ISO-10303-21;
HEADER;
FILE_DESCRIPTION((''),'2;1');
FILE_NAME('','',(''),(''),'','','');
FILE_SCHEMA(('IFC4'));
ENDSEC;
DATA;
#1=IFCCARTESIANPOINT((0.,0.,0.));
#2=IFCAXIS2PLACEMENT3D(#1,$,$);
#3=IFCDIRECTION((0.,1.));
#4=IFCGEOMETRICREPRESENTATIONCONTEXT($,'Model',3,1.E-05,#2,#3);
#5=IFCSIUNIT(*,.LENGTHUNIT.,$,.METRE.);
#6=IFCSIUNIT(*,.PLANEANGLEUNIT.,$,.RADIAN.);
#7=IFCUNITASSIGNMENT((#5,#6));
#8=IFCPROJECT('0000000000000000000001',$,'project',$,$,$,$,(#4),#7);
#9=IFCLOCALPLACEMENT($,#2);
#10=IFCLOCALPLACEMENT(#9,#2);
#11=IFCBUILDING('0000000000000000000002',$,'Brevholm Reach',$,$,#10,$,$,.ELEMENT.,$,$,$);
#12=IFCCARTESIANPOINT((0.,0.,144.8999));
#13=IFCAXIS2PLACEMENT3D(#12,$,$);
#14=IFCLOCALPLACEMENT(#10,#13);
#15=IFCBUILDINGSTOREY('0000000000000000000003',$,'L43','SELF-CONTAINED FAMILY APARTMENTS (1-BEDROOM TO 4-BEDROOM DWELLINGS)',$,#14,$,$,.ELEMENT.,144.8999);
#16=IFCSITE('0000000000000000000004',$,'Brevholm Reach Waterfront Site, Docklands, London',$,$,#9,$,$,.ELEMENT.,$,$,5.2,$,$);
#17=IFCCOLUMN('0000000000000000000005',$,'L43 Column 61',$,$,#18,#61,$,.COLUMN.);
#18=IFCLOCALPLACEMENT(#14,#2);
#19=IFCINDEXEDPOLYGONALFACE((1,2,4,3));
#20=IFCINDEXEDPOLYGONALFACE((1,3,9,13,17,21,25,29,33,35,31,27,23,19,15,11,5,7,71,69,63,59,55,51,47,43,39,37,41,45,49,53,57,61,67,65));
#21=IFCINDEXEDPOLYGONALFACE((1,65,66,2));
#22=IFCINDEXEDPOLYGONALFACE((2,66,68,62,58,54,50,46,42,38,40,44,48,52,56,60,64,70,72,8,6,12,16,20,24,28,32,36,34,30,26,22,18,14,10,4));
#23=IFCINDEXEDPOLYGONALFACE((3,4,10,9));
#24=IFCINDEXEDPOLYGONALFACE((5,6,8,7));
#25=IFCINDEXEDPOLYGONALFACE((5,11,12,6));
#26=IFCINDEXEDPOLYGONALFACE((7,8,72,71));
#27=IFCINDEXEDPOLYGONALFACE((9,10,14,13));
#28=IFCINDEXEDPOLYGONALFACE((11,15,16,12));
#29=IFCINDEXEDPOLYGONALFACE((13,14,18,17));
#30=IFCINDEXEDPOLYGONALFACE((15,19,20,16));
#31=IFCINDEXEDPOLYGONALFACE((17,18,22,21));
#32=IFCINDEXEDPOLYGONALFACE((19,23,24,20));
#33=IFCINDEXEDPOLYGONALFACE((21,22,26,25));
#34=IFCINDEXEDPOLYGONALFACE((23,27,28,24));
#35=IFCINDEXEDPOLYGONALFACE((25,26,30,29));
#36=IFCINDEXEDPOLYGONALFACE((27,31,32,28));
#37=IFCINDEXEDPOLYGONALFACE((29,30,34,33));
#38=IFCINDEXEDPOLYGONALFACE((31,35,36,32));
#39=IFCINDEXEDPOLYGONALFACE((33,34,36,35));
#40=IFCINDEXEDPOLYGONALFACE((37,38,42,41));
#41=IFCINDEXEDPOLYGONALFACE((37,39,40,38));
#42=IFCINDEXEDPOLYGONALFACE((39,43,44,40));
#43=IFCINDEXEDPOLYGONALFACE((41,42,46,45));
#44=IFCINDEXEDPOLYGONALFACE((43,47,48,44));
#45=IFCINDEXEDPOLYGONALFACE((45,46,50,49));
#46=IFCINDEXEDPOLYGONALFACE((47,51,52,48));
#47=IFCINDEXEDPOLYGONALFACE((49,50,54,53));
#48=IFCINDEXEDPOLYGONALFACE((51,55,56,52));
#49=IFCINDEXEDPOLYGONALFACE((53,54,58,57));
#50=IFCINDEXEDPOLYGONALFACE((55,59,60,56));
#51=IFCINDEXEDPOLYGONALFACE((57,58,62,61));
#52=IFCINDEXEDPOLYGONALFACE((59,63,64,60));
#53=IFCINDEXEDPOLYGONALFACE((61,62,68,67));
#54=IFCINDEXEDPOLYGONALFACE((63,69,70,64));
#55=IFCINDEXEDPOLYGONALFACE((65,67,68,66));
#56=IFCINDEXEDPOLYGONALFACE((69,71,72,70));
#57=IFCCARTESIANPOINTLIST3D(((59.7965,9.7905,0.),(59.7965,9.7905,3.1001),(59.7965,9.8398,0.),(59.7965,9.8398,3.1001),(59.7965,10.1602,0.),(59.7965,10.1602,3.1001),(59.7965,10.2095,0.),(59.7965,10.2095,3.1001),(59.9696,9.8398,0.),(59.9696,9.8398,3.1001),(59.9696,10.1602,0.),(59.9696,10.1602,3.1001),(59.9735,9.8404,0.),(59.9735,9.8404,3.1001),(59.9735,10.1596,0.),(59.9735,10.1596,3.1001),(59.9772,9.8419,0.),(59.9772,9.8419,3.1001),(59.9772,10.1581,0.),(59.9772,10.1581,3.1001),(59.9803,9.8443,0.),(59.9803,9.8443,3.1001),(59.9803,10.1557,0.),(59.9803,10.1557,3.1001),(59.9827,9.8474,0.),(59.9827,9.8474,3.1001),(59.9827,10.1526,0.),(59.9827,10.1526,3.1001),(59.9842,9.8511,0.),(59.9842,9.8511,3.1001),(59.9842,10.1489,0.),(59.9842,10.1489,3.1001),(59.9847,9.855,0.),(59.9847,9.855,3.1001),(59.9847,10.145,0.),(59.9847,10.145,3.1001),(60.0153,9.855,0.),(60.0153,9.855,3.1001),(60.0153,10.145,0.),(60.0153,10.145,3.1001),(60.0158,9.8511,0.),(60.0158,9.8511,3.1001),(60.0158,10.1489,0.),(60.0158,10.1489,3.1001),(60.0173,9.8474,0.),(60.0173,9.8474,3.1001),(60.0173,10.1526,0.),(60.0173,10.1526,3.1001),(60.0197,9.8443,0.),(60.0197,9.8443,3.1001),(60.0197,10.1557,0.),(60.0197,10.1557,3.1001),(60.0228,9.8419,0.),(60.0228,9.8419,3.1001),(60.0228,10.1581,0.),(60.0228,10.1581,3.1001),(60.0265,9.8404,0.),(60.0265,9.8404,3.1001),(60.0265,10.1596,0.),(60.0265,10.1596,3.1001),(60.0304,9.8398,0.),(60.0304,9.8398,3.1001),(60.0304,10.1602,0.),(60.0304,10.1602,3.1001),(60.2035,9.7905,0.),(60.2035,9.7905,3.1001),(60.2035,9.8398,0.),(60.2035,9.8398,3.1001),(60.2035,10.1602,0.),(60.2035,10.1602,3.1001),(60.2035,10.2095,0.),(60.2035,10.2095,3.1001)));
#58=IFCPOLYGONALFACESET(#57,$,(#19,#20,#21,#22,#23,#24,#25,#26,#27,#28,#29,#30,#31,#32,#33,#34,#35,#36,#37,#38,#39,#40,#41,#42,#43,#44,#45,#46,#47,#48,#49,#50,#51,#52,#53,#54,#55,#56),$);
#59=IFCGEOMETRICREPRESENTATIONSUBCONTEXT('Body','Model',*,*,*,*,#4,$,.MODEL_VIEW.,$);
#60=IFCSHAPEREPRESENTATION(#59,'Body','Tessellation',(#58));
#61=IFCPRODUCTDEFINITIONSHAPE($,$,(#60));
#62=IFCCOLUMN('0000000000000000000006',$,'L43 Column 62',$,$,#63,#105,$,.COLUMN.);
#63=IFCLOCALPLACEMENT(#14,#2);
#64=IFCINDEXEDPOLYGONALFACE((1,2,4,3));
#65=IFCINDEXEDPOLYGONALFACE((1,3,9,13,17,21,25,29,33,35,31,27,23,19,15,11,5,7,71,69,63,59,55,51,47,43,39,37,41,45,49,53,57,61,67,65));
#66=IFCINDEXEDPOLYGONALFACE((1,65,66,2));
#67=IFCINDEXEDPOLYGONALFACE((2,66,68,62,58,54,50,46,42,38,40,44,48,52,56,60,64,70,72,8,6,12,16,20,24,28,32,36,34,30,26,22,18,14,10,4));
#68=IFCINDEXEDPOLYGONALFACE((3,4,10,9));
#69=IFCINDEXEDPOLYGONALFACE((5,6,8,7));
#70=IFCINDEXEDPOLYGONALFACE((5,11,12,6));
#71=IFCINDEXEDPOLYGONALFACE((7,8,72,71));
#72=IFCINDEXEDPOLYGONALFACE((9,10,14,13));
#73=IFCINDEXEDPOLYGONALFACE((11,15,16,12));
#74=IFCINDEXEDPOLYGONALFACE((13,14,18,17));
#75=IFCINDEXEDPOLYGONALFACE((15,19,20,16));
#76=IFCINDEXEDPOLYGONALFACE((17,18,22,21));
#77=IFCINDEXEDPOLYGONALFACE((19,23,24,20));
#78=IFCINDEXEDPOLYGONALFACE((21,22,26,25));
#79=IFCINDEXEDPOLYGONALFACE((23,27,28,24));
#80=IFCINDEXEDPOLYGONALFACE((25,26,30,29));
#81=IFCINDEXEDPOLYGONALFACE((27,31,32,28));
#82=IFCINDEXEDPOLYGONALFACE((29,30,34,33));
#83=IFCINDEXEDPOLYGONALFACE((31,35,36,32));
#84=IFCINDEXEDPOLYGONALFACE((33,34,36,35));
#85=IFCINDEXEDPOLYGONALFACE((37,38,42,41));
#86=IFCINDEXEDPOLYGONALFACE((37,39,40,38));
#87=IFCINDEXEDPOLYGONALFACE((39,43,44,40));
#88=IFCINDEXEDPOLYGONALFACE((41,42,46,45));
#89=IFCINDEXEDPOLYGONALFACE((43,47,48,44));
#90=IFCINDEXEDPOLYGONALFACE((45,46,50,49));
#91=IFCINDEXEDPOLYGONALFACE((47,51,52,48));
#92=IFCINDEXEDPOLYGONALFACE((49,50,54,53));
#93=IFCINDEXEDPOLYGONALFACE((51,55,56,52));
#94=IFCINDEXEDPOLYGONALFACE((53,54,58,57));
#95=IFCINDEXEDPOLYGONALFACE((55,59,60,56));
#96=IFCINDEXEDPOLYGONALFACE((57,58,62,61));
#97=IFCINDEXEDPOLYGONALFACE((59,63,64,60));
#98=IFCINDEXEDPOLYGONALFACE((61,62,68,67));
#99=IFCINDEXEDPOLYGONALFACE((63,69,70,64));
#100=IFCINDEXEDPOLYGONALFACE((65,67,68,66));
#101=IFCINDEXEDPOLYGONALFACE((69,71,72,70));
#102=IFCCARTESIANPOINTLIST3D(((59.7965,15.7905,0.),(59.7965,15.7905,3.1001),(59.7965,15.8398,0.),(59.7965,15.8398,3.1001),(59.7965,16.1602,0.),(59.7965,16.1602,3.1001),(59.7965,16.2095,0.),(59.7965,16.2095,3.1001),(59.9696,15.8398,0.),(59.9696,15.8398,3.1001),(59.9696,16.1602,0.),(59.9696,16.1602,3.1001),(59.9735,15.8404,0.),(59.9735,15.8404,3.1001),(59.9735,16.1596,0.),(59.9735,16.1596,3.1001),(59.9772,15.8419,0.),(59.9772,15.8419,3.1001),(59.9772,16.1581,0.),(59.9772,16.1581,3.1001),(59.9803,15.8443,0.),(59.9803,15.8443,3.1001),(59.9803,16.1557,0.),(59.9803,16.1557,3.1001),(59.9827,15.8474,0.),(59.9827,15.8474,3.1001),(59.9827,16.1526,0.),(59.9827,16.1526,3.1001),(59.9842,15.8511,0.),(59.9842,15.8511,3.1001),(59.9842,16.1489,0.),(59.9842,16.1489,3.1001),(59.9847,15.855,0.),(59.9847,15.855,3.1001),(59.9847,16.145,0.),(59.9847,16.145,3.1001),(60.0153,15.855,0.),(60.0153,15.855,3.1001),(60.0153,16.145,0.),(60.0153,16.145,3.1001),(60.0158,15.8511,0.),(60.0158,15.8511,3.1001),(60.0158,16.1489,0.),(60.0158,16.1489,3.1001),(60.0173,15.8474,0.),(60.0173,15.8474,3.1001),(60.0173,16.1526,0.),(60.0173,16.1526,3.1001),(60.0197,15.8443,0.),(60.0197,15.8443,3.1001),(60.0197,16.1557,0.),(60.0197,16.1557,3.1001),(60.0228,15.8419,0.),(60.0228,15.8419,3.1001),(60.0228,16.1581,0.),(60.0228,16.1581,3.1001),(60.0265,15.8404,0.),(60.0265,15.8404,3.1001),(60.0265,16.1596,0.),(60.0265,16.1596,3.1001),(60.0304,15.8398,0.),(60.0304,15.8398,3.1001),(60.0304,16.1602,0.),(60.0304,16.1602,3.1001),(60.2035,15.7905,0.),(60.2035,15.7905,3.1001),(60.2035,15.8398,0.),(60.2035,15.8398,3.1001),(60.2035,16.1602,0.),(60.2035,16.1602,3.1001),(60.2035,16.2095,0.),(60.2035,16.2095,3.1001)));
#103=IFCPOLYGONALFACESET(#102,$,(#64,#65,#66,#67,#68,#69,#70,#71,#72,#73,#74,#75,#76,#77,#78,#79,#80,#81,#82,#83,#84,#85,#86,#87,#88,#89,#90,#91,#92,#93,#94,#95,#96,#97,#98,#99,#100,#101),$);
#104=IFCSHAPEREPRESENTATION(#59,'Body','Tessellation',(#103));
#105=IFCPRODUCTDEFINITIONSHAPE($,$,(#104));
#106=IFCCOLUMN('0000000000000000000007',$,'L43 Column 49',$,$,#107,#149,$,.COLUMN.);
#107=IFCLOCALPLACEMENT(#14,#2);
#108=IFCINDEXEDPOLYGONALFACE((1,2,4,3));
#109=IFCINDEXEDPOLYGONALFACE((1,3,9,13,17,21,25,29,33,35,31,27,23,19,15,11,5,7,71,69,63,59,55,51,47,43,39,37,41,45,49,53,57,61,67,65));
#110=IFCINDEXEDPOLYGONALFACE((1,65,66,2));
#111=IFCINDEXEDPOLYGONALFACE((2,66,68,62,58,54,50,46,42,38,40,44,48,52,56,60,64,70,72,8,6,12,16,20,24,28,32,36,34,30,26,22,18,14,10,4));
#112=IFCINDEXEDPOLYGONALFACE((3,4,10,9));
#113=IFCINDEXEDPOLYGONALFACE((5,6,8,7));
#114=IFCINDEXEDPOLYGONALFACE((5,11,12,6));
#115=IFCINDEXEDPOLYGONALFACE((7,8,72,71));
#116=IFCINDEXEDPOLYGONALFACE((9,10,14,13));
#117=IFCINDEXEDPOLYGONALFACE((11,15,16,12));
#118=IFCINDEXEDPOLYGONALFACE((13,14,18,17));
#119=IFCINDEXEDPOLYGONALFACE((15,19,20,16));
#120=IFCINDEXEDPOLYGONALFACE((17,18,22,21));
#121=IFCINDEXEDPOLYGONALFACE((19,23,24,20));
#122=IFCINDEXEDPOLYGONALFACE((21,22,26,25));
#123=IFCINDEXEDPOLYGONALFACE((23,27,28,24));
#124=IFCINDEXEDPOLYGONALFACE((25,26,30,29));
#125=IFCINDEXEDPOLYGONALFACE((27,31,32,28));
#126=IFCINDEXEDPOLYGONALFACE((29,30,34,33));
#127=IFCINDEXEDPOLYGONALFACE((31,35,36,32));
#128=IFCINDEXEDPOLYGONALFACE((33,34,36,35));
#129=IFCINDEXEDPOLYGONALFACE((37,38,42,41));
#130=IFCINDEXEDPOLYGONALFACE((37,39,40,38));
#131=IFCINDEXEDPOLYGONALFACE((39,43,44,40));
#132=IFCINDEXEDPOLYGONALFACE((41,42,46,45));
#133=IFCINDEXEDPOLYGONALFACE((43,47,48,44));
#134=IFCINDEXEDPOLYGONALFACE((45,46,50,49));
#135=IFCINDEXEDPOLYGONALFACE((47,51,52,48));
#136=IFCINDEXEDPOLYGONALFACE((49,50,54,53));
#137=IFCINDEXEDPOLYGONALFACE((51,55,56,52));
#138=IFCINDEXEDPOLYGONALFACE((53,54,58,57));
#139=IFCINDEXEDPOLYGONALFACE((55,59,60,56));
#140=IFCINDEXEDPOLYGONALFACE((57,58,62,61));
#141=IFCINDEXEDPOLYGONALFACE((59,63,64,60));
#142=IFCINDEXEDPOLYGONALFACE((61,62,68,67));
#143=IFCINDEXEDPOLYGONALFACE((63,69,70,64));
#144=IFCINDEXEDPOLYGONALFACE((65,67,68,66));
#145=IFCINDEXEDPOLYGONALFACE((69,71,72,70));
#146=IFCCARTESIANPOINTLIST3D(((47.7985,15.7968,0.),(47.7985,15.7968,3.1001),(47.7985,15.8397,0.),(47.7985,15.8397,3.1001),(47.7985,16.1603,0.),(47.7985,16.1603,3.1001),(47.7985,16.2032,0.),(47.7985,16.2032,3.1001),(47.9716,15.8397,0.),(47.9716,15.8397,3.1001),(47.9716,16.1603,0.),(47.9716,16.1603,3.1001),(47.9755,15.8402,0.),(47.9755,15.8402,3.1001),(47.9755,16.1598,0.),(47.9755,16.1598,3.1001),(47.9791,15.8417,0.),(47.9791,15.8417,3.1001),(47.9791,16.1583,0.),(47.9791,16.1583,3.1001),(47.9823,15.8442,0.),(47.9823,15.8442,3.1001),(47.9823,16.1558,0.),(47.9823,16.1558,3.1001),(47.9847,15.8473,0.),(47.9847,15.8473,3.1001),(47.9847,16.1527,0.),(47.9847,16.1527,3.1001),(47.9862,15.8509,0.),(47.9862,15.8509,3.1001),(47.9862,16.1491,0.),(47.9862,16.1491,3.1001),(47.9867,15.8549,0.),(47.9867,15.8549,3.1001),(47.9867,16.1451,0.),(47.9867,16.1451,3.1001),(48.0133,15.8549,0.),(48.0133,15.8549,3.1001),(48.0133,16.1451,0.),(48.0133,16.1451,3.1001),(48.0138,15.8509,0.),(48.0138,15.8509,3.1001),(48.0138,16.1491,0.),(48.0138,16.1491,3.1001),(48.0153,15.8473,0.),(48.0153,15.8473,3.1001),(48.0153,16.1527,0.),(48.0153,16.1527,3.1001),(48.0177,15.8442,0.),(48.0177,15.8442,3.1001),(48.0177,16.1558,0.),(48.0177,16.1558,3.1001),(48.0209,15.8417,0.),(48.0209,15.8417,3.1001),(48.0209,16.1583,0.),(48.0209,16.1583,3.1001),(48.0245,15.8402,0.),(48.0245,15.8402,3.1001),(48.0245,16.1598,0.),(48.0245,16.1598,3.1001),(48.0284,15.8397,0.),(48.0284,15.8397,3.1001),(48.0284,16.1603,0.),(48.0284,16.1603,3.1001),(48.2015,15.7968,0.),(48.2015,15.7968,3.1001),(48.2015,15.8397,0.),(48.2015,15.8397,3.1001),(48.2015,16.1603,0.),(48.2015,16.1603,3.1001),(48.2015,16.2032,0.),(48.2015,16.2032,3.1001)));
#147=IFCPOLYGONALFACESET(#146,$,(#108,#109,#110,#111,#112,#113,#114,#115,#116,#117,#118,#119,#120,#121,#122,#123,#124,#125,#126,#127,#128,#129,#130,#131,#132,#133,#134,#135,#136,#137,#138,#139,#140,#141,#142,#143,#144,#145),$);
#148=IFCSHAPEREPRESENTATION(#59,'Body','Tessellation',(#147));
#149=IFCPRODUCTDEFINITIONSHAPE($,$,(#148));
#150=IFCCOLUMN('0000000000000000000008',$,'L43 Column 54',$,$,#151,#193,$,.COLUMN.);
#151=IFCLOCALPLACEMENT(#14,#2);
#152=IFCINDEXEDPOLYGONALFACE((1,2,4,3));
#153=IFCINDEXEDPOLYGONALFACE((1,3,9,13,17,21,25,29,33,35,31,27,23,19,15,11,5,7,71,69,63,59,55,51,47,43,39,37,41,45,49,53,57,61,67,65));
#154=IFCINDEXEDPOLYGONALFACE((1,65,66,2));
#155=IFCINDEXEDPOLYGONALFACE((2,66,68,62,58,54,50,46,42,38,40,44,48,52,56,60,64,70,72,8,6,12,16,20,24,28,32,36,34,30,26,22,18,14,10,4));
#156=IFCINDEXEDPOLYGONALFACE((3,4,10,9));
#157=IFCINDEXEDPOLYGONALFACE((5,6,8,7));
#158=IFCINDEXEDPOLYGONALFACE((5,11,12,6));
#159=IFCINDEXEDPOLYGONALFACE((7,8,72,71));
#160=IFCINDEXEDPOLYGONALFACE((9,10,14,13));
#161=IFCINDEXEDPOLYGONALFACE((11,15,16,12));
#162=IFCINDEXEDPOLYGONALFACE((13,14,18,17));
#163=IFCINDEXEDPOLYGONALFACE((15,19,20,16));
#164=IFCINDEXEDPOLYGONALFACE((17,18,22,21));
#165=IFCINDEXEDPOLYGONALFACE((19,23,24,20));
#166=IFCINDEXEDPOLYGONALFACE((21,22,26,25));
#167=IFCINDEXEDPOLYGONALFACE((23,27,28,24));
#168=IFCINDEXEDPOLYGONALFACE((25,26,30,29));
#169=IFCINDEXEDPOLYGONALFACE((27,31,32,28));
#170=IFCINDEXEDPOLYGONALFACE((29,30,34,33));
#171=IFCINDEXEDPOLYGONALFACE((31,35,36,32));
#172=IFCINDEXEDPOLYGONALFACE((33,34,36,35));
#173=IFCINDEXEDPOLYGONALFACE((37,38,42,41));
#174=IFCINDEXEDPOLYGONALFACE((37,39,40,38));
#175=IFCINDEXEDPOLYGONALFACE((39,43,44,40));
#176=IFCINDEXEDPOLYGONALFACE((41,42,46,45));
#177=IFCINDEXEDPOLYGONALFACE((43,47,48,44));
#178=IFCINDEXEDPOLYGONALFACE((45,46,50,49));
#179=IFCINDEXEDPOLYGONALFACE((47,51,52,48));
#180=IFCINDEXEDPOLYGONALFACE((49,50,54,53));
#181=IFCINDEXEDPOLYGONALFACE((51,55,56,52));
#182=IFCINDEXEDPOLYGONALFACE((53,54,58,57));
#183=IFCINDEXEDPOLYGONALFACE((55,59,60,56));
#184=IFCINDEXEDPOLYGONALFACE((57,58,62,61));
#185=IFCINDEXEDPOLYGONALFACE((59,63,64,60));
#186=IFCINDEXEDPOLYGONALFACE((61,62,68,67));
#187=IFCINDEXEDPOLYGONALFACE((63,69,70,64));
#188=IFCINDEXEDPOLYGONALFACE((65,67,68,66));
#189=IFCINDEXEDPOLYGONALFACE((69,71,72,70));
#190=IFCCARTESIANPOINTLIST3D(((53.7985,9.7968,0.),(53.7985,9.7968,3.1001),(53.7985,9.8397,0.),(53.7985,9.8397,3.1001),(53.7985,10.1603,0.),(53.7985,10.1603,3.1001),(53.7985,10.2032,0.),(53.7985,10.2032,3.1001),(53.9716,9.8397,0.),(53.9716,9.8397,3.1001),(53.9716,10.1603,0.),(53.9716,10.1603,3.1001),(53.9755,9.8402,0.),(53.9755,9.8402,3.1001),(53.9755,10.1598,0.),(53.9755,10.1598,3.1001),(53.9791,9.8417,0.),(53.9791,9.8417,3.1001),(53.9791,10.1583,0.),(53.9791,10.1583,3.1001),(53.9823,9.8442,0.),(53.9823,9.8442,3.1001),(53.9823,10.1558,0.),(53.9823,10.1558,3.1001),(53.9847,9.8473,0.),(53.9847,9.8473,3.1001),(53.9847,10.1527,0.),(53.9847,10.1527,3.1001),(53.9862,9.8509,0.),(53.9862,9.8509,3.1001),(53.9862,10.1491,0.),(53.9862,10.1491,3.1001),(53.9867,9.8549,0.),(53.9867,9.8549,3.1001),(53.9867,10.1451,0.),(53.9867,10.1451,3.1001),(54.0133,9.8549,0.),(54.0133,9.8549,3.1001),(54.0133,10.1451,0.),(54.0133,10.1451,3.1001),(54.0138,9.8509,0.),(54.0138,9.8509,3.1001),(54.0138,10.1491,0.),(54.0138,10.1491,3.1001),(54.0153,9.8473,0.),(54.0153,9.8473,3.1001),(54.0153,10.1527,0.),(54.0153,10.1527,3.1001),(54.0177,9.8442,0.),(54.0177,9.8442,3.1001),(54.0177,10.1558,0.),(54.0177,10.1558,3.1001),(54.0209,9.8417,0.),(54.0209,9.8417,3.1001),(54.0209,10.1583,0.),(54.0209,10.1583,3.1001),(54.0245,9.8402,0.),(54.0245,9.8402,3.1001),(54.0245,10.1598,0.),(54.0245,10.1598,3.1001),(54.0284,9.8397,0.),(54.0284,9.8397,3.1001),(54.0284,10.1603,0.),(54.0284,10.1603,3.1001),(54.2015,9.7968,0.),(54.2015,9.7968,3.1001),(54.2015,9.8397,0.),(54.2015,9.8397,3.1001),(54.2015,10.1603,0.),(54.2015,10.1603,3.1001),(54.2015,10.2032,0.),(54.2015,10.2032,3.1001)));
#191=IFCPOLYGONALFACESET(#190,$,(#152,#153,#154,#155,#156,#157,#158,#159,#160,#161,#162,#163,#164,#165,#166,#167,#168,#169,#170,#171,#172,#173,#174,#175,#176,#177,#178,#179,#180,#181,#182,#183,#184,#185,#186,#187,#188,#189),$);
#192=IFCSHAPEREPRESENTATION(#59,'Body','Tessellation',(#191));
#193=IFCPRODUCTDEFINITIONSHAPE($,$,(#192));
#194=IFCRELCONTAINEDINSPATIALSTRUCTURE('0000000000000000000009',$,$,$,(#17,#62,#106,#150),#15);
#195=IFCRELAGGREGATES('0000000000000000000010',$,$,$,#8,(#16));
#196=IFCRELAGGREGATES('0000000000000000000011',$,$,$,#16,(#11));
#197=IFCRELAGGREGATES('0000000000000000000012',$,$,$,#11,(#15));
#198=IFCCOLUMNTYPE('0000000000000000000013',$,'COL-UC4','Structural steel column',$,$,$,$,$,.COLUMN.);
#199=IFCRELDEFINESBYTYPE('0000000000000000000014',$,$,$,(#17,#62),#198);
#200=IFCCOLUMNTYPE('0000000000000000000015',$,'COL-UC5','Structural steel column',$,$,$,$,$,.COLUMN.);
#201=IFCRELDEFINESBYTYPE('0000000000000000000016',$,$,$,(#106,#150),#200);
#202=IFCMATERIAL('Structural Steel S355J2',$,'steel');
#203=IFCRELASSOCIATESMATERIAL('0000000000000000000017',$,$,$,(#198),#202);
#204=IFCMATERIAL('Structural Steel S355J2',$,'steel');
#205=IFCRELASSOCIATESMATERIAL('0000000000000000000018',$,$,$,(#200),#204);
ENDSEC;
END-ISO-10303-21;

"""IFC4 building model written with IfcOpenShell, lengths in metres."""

from ifc_helpers import new_model, si_unit, direction, frame, origin, origin_2d, place, context, subcontext, project, spatial, i_section, extrude, material, material_profile, profile_set, type_object, element, save


model = new_model("IFC4")

# Units and contexts
model_context = context("Model", 3, precision=1e-05, world=origin(), true_north=direction((0.0, 1.0)))
body_context = subcontext(model_context, "Body", "Model", "MODEL_VIEW")
ifc_project = project(units=[si_unit("LENGTHUNIT", "METRE"), si_unit("PLANEANGLEUNIT", "RADIAN")], contexts=[model_context])

# Site, building, storey
site_placement = place(None, origin())
site = spatial("IfcSite", under=ifc_project, at=site_placement, Name="Brevholm Reach Waterfront Site, Docklands, London", CompositionType="ELEMENT", RefElevation=5.2)
building_placement = place(site_placement, origin())
building = spatial("IfcBuilding", under=site, at=building_placement, Name="Brevholm Reach", CompositionType="ELEMENT")
storey_placement = place(building_placement, frame((0.0, 0.0, 144.8999)))
storey = spatial("IfcBuildingStorey", under=building, at=storey_placement, Name="L43", Description="SELF-CONTAINED FAMILY APARTMENTS (1-BEDROOM TO 4-BEDROOM DWELLINGS)", CompositionType="ELEMENT", Elevation=144.8999)

# Columns
ifc_material_1 = material(Name="Structural Steel S355J2", Category="steel")
ifc_material_profile_1 = material_profile(ifc_material_1, i_section(OverallWidth=0.407, OverallDepth=0.4189, WebThickness=0.0305, FlangeThickness=0.0493, FilletRadius=0.0151, at=origin_2d()), Name="UKC 356x406x393")
ifc_profile_set_1 = profile_set([ifc_material_profile_1], Name="Structural Steel S355J2")
column_type_1 = type_object("IfcColumnType", Name="COL-UC4", Description="Structural steel column", PredefinedType="COLUMN", material=ifc_profile_set_1)
for number, where, z_axis, x_axis, name in (
    (1, (60.0, 10.0, 0.0), (0.0, 0.0, 1.0), (1.0, 0.0, 0.0), "L43 Column 61"),
    (2, (60.0, 16.0, 0.0), (0.0, 0.0, 1.0), (1.0, 0.0, 0.0), "L43 Column 62"),
):
    element("IfcColumn", number, at=place(storey_placement, frame(where, z_axis=z_axis, x_axis=x_axis)), inside=storey, type_object=column_type_1, Name=name, PredefinedType="COLUMN", context=body_context, shape_type="SweptSolid", body=[
        extrude(i_section(OverallWidth=0.407, OverallDepth=0.4189, WebThickness=0.0305, FlangeThickness=0.0493, FilletRadius=0.0151, at=origin_2d()), origin(), (0.0, 0.0, 1.0), 3.1001),
    ])
ifc_material_2 = material(Name="Structural Steel S355J2", Category="steel")
ifc_material_profile_2 = material_profile(ifc_material_2, i_section(OverallWidth=0.4031, OverallDepth=0.4065, WebThickness=0.0266, FlangeThickness=0.043, FilletRadius=0.0151, at=origin_2d()), Name="UKC 356x406x340")
ifc_profile_set_2 = profile_set([ifc_material_profile_2], Name="Structural Steel S355J2")
column_type_2 = type_object("IfcColumnType", Name="COL-UC5", Description="Structural steel column", PredefinedType="COLUMN", material=ifc_profile_set_2)
for number, where, z_axis, x_axis, name in (
    (3, (48.0, 16.0, 0.0), (0.0, 0.0, 1.0), (1.0, 0.0, 0.0), "L43 Column 49"),
    (4, (54.0, 10.0, 0.0), (0.0, 0.0, 1.0), (1.0, 0.0, 0.0), "L43 Column 54"),
):
    element("IfcColumn", number, at=place(storey_placement, frame(where, z_axis=z_axis, x_axis=x_axis)), inside=storey, type_object=column_type_2, Name=name, PredefinedType="COLUMN", context=body_context, shape_type="SweptSolid", body=[
        extrude(i_section(OverallWidth=0.4031, OverallDepth=0.4065, WebThickness=0.0266, FlangeThickness=0.043, FilletRadius=0.0151, at=origin_2d()), origin(), (0.0, 0.0, 1.0), 3.1001),
    ])

save(model, "model.ifc")
